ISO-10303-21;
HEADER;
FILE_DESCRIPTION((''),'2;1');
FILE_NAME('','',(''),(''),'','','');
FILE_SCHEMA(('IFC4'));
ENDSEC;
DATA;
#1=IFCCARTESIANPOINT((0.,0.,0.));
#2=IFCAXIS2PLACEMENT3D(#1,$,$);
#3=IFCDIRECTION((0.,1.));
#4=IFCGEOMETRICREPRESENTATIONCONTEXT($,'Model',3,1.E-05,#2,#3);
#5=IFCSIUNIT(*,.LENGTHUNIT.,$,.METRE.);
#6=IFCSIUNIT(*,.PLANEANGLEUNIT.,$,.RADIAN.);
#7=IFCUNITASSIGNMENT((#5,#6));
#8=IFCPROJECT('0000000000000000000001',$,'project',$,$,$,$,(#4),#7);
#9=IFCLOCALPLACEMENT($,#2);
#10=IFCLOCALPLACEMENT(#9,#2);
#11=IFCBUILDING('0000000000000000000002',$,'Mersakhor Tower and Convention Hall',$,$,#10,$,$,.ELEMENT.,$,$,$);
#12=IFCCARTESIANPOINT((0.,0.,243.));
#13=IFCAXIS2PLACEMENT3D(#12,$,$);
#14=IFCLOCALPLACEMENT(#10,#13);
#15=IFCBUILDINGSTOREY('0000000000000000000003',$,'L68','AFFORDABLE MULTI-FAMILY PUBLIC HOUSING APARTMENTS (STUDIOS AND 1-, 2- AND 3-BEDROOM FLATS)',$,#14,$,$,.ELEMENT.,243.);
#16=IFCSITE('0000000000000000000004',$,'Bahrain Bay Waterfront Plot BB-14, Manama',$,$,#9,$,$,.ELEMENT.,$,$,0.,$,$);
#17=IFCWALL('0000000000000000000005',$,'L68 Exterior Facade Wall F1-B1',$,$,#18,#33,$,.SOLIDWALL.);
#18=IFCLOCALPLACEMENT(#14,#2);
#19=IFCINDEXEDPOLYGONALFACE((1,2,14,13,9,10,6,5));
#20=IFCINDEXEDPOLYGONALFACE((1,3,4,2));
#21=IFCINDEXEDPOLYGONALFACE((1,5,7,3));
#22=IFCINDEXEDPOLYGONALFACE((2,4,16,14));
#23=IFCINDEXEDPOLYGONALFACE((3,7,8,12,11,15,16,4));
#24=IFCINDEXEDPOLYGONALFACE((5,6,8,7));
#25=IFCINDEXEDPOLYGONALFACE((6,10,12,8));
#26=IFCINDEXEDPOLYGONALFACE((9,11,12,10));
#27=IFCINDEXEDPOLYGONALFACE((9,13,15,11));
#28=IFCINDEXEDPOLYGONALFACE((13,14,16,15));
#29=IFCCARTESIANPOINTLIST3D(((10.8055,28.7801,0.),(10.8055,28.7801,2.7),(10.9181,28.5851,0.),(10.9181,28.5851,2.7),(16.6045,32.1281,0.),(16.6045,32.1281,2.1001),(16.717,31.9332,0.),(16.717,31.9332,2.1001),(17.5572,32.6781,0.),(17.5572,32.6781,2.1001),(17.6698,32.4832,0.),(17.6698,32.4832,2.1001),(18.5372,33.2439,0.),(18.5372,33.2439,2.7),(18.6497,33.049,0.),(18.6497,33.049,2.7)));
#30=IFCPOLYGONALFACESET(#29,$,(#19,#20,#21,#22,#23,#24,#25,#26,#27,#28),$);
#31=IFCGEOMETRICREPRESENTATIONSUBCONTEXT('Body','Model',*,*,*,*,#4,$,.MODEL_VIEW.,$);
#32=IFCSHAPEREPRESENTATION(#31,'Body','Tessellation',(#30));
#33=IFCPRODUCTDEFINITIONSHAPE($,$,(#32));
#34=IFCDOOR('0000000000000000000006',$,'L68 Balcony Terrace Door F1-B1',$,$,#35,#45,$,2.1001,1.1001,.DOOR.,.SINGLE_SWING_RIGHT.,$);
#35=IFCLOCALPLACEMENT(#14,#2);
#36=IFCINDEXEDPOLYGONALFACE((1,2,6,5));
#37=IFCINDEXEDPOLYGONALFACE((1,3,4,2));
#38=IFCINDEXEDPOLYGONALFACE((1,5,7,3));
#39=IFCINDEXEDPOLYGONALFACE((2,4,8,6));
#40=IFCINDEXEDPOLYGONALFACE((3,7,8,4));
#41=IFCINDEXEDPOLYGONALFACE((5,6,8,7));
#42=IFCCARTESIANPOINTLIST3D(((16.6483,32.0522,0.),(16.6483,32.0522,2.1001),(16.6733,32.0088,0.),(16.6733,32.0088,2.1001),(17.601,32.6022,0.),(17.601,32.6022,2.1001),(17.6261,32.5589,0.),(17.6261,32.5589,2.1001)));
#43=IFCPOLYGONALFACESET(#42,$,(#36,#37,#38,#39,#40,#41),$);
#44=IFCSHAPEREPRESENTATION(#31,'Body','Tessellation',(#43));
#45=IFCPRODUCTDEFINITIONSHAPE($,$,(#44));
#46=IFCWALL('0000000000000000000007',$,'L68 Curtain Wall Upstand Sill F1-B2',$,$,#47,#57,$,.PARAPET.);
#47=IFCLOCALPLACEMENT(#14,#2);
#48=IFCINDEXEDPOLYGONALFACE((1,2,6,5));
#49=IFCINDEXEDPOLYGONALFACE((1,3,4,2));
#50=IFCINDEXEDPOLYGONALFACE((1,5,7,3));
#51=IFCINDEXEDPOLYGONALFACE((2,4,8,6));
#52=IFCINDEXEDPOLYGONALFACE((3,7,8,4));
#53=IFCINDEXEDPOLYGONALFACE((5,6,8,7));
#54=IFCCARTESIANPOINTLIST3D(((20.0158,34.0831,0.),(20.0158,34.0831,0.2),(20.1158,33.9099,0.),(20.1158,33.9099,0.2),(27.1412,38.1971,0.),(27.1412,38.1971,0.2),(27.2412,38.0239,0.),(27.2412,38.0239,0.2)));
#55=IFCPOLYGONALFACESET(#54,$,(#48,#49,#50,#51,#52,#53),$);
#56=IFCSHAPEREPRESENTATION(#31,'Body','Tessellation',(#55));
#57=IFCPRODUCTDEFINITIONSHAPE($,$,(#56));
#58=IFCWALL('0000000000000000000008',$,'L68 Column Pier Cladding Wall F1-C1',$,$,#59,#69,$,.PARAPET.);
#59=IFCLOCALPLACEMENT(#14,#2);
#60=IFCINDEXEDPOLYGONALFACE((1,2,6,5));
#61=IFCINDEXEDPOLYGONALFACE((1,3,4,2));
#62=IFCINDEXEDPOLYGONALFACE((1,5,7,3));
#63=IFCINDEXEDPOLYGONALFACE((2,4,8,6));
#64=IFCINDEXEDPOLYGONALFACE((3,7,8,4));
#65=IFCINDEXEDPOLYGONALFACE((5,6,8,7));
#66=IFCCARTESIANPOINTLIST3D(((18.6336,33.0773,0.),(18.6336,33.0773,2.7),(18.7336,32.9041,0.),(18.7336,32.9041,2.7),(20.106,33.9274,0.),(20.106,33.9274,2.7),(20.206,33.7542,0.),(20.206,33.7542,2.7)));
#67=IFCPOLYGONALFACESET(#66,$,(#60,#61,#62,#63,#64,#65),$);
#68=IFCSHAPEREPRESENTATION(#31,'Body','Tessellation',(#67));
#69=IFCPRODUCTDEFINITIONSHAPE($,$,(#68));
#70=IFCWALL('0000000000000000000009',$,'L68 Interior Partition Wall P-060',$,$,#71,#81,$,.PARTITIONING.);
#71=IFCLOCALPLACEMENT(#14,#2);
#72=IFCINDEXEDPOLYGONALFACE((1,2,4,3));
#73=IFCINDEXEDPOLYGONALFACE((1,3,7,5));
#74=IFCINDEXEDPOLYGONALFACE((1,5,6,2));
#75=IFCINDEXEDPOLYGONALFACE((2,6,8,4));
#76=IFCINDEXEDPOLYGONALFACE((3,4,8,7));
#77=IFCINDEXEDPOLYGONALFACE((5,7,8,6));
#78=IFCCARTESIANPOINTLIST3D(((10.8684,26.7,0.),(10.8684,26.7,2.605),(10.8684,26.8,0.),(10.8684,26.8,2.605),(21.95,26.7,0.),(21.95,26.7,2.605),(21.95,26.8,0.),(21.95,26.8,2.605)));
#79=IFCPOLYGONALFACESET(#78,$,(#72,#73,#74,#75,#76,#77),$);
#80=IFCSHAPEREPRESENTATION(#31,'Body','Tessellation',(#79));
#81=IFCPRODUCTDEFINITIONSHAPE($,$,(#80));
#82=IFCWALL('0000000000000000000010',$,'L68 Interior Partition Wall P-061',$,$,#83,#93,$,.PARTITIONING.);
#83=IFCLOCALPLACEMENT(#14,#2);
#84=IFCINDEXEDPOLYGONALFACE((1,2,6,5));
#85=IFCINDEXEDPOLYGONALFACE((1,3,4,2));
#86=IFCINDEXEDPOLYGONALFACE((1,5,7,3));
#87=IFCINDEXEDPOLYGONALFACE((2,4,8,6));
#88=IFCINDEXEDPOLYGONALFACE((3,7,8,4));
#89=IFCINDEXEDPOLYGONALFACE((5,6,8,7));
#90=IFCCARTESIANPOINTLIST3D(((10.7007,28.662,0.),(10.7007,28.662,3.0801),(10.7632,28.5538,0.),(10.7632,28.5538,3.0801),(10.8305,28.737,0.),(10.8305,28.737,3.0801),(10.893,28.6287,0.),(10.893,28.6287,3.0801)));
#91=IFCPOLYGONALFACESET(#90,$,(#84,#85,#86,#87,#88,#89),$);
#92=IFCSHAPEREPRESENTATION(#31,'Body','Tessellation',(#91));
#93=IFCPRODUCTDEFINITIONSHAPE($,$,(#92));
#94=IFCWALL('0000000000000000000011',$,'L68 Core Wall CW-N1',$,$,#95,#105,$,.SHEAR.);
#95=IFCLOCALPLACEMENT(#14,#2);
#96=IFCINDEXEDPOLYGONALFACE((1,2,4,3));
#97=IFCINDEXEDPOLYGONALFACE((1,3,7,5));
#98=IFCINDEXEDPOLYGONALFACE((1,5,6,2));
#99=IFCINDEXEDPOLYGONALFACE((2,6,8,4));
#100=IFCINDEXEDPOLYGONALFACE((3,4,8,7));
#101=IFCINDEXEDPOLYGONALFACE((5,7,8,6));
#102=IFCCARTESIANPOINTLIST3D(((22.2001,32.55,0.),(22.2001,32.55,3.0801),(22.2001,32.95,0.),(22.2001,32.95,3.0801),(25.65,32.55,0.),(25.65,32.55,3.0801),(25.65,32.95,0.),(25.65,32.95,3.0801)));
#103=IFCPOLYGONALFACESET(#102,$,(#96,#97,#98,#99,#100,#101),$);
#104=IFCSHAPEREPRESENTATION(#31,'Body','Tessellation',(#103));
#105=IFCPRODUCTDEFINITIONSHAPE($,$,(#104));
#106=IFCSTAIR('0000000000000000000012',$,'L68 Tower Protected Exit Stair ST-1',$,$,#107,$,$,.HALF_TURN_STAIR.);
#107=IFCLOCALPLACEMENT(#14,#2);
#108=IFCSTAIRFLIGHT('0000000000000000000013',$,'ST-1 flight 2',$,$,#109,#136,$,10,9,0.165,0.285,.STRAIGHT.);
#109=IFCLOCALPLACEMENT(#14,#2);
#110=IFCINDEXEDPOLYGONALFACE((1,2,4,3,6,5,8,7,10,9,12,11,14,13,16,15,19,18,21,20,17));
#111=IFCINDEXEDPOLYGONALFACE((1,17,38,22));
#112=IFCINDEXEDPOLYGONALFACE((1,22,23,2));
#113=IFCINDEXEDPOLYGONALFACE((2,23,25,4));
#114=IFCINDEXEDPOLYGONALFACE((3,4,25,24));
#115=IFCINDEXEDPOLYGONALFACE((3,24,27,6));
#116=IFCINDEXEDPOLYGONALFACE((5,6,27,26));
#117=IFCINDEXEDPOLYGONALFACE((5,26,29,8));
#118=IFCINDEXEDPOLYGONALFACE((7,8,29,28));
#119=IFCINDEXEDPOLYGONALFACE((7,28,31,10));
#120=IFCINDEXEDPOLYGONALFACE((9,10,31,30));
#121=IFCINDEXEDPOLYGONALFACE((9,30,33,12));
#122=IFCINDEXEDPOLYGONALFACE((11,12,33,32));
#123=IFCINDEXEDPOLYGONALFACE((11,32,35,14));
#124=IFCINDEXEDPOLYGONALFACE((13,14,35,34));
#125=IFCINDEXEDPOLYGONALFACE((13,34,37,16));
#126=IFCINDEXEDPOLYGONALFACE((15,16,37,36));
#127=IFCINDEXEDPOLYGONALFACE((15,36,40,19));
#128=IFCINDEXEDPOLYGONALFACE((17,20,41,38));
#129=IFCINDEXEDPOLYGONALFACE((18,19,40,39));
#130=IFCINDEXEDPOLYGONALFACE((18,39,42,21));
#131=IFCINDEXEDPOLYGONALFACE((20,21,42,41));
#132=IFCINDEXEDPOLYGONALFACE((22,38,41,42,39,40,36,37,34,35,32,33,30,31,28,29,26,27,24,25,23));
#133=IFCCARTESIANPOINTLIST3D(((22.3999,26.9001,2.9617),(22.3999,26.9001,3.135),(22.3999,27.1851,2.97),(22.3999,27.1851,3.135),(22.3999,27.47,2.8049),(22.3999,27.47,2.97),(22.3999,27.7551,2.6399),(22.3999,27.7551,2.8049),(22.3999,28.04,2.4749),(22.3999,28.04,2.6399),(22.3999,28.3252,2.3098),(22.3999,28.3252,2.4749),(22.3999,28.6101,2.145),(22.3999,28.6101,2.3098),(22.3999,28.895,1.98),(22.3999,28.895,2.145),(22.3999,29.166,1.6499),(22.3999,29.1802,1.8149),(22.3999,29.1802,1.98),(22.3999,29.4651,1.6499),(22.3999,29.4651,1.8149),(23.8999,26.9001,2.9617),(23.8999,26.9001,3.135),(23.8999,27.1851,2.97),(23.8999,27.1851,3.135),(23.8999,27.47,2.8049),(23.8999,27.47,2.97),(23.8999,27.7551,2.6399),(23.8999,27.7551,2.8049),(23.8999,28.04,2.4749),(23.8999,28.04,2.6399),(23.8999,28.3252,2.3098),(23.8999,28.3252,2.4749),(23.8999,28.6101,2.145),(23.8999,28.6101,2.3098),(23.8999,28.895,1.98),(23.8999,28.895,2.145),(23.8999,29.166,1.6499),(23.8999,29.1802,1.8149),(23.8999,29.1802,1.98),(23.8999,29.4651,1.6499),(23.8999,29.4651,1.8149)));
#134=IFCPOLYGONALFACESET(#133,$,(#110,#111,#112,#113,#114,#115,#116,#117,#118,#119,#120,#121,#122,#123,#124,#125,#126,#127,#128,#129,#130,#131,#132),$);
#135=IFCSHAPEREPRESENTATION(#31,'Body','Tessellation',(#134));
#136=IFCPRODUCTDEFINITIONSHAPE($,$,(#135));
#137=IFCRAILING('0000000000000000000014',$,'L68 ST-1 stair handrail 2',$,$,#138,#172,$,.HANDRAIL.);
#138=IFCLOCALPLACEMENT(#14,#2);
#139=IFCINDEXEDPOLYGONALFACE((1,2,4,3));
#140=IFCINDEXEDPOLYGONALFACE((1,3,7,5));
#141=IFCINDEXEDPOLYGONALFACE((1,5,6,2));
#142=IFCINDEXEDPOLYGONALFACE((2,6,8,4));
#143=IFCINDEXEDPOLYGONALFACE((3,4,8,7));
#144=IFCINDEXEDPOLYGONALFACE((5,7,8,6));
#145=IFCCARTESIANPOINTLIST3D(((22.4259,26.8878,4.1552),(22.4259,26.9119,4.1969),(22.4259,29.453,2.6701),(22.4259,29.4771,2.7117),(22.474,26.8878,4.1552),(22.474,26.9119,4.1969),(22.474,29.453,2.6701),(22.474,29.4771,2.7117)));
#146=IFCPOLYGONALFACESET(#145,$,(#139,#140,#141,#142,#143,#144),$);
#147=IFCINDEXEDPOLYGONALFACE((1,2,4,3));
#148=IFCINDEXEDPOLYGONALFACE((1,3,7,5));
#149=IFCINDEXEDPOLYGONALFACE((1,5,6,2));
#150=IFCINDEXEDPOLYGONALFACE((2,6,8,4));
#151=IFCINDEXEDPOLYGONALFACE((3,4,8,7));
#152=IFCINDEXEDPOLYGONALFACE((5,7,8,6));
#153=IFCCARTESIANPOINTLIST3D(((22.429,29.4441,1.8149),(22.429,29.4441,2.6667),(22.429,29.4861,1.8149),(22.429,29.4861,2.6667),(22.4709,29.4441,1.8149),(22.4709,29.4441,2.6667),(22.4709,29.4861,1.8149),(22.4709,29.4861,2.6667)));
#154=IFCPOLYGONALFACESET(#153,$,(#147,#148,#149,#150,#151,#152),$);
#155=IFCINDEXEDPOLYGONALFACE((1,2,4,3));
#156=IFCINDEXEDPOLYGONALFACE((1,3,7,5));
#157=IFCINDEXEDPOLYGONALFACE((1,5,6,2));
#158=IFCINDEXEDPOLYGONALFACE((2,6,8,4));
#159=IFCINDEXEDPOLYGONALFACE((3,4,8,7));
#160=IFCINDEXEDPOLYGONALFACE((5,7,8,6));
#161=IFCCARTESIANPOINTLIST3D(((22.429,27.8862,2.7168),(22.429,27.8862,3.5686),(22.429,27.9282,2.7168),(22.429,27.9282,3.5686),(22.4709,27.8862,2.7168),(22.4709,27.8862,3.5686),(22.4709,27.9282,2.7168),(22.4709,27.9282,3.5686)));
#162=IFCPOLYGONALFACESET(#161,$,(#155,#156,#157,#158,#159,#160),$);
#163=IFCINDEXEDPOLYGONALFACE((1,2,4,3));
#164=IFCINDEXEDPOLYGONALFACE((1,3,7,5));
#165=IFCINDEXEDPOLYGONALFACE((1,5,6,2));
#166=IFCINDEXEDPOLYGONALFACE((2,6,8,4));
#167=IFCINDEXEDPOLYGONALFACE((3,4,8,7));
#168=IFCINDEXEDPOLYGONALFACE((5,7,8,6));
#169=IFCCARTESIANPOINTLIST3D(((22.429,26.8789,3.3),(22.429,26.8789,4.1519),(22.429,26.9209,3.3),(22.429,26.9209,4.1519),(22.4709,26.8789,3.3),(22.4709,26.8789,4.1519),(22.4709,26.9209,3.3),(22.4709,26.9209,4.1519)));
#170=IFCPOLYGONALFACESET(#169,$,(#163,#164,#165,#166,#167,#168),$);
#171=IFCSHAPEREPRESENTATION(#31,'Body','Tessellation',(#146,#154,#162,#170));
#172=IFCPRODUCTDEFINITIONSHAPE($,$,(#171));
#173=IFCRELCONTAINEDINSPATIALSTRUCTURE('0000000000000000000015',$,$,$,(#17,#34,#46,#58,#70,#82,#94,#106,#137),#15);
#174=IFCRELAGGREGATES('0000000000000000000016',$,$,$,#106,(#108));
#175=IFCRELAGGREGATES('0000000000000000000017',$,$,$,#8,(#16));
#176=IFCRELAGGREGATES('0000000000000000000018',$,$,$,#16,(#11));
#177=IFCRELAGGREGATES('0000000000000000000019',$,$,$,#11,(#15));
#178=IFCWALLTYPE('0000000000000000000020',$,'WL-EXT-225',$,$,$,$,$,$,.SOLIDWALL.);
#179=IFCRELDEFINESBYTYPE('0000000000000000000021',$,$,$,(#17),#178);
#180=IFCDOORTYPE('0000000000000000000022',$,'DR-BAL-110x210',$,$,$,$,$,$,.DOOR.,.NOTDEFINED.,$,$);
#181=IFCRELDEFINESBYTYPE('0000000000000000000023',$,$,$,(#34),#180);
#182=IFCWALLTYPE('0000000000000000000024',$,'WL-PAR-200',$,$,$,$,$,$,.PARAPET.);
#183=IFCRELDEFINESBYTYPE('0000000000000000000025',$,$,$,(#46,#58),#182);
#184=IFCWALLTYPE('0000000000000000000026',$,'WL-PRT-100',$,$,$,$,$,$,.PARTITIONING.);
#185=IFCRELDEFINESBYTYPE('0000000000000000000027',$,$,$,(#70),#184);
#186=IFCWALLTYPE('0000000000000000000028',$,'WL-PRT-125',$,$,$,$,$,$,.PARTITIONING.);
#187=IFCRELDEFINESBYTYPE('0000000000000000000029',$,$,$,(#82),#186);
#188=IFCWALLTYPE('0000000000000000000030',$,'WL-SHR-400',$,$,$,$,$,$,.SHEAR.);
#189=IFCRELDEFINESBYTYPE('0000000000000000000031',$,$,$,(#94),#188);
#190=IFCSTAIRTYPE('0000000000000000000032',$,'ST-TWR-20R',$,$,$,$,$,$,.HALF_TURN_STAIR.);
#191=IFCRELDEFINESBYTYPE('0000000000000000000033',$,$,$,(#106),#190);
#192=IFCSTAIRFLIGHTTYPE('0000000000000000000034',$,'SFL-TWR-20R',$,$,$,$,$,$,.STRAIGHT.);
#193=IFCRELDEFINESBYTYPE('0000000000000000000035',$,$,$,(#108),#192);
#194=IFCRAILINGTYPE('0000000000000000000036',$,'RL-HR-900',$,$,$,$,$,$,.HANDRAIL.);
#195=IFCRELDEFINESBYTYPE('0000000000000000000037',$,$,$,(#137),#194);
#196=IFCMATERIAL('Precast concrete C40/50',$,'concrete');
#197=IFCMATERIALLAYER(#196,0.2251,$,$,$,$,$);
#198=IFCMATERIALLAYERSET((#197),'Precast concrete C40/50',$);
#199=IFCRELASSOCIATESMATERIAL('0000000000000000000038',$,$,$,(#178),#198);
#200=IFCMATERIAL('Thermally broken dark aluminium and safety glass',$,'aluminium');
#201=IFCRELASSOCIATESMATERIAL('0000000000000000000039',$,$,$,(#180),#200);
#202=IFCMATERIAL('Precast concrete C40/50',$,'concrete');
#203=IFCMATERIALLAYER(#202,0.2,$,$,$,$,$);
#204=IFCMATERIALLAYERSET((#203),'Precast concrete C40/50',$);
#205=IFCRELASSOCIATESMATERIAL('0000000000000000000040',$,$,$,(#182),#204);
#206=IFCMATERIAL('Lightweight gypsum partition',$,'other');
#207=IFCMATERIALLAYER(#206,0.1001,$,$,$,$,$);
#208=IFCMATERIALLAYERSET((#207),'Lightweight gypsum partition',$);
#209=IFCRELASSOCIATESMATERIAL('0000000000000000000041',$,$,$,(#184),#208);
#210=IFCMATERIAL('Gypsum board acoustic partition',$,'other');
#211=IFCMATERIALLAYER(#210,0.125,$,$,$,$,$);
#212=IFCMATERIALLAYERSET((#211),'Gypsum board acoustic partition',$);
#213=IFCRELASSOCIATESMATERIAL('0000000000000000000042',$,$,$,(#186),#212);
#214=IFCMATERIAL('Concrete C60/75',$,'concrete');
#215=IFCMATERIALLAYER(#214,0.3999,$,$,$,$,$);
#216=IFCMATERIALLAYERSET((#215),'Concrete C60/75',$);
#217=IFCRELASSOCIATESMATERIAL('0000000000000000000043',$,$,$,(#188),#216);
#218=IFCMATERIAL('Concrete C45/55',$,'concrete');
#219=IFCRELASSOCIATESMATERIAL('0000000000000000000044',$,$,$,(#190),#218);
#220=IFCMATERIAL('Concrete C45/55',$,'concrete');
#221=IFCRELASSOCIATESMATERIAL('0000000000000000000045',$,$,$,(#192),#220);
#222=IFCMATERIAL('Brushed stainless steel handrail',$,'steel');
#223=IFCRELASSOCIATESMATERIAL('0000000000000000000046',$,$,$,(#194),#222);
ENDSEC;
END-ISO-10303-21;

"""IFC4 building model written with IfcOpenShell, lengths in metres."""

from ifc_helpers import new_model, si_unit, direction, frame, frame_2d, origin, origin_2d, place, context, subcontext, project, spatial, polyline, rectangle, outline, extrude, material, layer, layer_set, type_object, element, fill, aggregate, save


model = new_model("IFC4")

# Units and contexts
model_context = context("Model", 3, precision=1e-05, world=origin(), true_north=direction((0.0, 1.0)))
body_context = subcontext(model_context, "Body", "Model", "MODEL_VIEW")
ifc_project = project(units=[si_unit("LENGTHUNIT", "METRE"), si_unit("PLANEANGLEUNIT", "RADIAN")], contexts=[model_context])

# Site, building, storey
site_placement = place(None, origin())
site = spatial("IfcSite", under=ifc_project, at=site_placement, Name="Bahrain Bay Waterfront Plot BB-14, Manama", CompositionType="ELEMENT", RefElevation=0.0)
building_placement = place(site_placement, origin())
building = spatial("IfcBuilding", under=site, at=building_placement, Name="Mersakhor Tower and Convention Hall", CompositionType="ELEMENT")
storey_placement = place(building_placement, frame((0.0, 0.0, 243.0)))
storey = spatial("IfcBuildingStorey", under=building, at=storey_placement, Name="L68", Description="AFFORDABLE MULTI-FAMILY PUBLIC HOUSING APARTMENTS (STUDIOS AND 1-, 2- AND 3-BEDROOM FLATS)", CompositionType="ELEMENT", Elevation=243.0)

# Wall, opening, door
ifc_material_1 = material(Name="Precast concrete C40/50", Category="concrete")
ifc_layer_1 = layer(ifc_material_1, 0.2251)
ifc_layer_set_1 = layer_set([ifc_layer_1], Name="Precast concrete C40/50")
wall_type_1 = type_object("IfcWallType", Name="WL-EXT-225", PredefinedType="SOLIDWALL", material=ifc_layer_set_1)
wall_1_placement = place(storey_placement, frame((10.8618, 28.6826, 0.0), z_axis=(0.0, 0.0, 1.0), x_axis=(0.866027, 0.499998, 0.0)))
wall_1 = element("IfcWall", 1, at=wall_1_placement, inside=storey, type_object=wall_type_1, Name="L68 Exterior Facade Wall F1-B1", PredefinedType="SOLIDWALL", context=body_context, shape_type="SweptSolid", body=[
    extrude(rectangle(XDim=8.9277, YDim=0.2251, at=frame_2d((4.4639, 0.0))), origin(), (0.0, 0.0, 1.0), 2.7),
])
opening_placement = place(wall_1_placement, frame((6.696, 0.0, 0.0)))
opening = element("IfcOpeningElement", 2, at=opening_placement, cuts=wall_1, PredefinedType="OPENING", context=body_context, shape_type="SweptSolid", body=[
    extrude(rectangle(XDim=1.1001, YDim=2.1001, at=frame_2d((0.55, 1.05))), frame((0.0, 0.1226, 0.0), z_axis=(0.0, -1.0, 0.0), x_axis=(1.0, 0.0, 0.0)), (0.0, 0.0, 1.0), 0.2451),
])
ifc_material_2 = material(Name="Thermally broken dark aluminium and safety glass", Category="aluminium")
door_type = type_object("IfcDoorType", Name="DR-BAL-110x210", OperationType="NOTDEFINED", PredefinedType="DOOR", material=ifc_material_2)
door_placement = place(opening_placement, origin())
door = element("IfcDoor", 3, at=door_placement, inside=storey, type_object=door_type, Name="L68 Balcony Terrace Door F1-B1", OperationType="SINGLE_SWING_RIGHT", OverallHeight=2.1001, OverallWidth=1.1001, PredefinedType="DOOR", context=body_context, shape_type="SweptSolid", body=[
    extrude(rectangle(XDim=1.1001, YDim=2.1001, at=frame_2d((0.55, 1.05))), frame((0.0, 0.0249, 0.0), z_axis=(0.0, -1.0, 0.0), x_axis=(1.0, 0.0, 0.0)), (0.0, 0.0, 1.0), 0.05),
])
fill(opening, door)

# Walls
ifc_material_3 = material(Name="Precast concrete C40/50", Category="concrete")
ifc_layer_2 = layer(ifc_material_3, 0.2)
ifc_layer_set_2 = layer_set([ifc_layer_2], Name="Precast concrete C40/50")
wall_type_2 = type_object("IfcWallType", Name="WL-PAR-200", PredefinedType="PARAPET", material=ifc_layer_set_2)
wall_2_placement = place(storey_placement, frame((20.0659, 33.9966, 0.0), z_axis=(0.0, 0.0, 1.0), x_axis=(0.86602, 0.50001, 0.0)))
element("IfcWall", 4, at=wall_2_placement, inside=storey, type_object=wall_type_2, Name="L68 Curtain Wall Upstand Sill F1-B2", PredefinedType="PARAPET", context=body_context, shape_type="SweptSolid", body=[
    extrude(rectangle(XDim=8.2278, YDim=0.2, at=frame_2d((4.1138, 0.0))), origin(), (0.0, 0.0, 1.0), 0.2),
])
wall_3_placement = place(storey_placement, frame((18.6836, 32.9907, 0.0), z_axis=(0.0, 0.0, 1.0), x_axis=(0.866025, 0.5, 0.0)))
element("IfcWall", 5, at=wall_3_placement, inside=storey, type_object=wall_type_2, Name="L68 Column Pier Cladding Wall F1-C1", PredefinedType="PARAPET", context=body_context, shape_type="SweptSolid", body=[
    extrude(rectangle(XDim=1.7002, YDim=0.2, at=frame_2d((0.8501, 0.0))), origin(), (0.0, 0.0, 1.0), 2.7),
])
ifc_material_4 = material(Name="Lightweight gypsum partition", Category="other")
ifc_layer_3 = layer(ifc_material_4, 0.1001)
ifc_layer_set_3 = layer_set([ifc_layer_3], Name="Lightweight gypsum partition")
wall_type_3 = type_object("IfcWallType", Name="WL-PRT-100", PredefinedType="PARTITIONING", material=ifc_layer_set_3)
wall_4_placement = place(storey_placement, frame((21.95, 26.75, 0.0), z_axis=(0.0, 0.0, 1.0), x_axis=(-1.0, 0.0, 0.0)))
element("IfcWall", 6, at=wall_4_placement, inside=storey, type_object=wall_type_3, Name="L68 Interior Partition Wall P-060", PredefinedType="PARTITIONING", context=body_context, shape_type="SweptSolid", body=[
    extrude(rectangle(XDim=11.0815, YDim=0.1001, at=frame_2d((5.5408, 0.0))), origin(), (0.0, 0.0, 1.0), 2.605),
])
ifc_material_5 = material(Name="Gypsum board acoustic partition", Category="other")
ifc_layer_4 = layer(ifc_material_5, 0.125)
ifc_layer_set_4 = layer_set([ifc_layer_4], Name="Gypsum board acoustic partition")
wall_type_4 = type_object("IfcWallType", Name="WL-PRT-125", PredefinedType="PARTITIONING", material=ifc_layer_set_4)
wall_5_placement = place(storey_placement, frame((10.7319, 28.6079, 0.0), z_axis=(0.0, 0.0, 1.0), x_axis=(0.866131, 0.499816, 0.0)))
element("IfcWall", 7, at=wall_5_placement, inside=storey, type_object=wall_type_4, Name="L68 Interior Partition Wall P-061", PredefinedType="PARTITIONING", context=body_context, shape_type="SweptSolid", body=[
    extrude(rectangle(XDim=0.1499, YDim=0.125, at=frame_2d((0.075, 0.0))), origin(), (0.0, 0.0, 1.0), 3.0801),
])
ifc_material_6 = material(Name="Concrete C60/75", Category="concrete")
ifc_layer_5 = layer(ifc_material_6, 0.3999)
ifc_layer_set_5 = layer_set([ifc_layer_5], Name="Concrete C60/75")
wall_type_5 = type_object("IfcWallType", Name="WL-SHR-400", PredefinedType="SHEAR", material=ifc_layer_set_5)
wall_6_placement = place(storey_placement, frame((22.2, 32.75, 0.0), z_axis=(0.0, 0.0, 1.0), x_axis=(1.0, 0.0, 0.0)))
element("IfcWall", 8, at=wall_6_placement, inside=storey, type_object=wall_type_5, Name="L68 Core Wall CW-N1", PredefinedType="SHEAR", context=body_context, shape_type="SweptSolid", body=[
    extrude(rectangle(XDim=3.45, YDim=0.3999, at=frame_2d((1.7251, 0.0))), origin(), (0.0, 0.0, 1.0), 3.0801),
])

# Stair, stair flight
ifc_material_7 = material(Name="Concrete C45/55", Category="concrete")
stair_type = type_object("IfcStairType", Name="ST-TWR-20R", PredefinedType="HALF_TURN_STAIR", material=ifc_material_7)
stair_placement = place(storey_placement, origin())
stair = element("IfcStair", 9, at=stair_placement, inside=storey, type_object=stair_type, Name="L68 Tower Protected Exit Stair ST-1", PredefinedType="HALF_TURN_STAIR")
ifc_material_8 = material(Name="Concrete C45/55", Category="concrete")
stair_flight_type = type_object("IfcStairFlightType", Name="SFL-TWR-20R", PredefinedType="STRAIGHT", material=ifc_material_8)
stair_flight_placement = place(storey_placement, frame((23.1499, 29.4651, 1.6499), z_axis=(0.0, 0.0, 1.0), x_axis=(0.0, -1.0, 0.0)))
stair_flight = element("IfcStairFlight", 10, at=stair_flight_placement, type_object=stair_flight_type, Name="ST-1 flight 2", NumberOfRisers=10, NumberOfTreads=9, PredefinedType="STRAIGHT", RiserHeight=0.165, TreadLength=0.285, context=body_context, shape_type="SweptSolid", body=[
    extrude(outline(polyline([(0.0, 0.0), (0.0, 0.165), (0.2849, 0.165), (0.2849, 0.3301), (0.5701, 0.3301), (0.5701, 0.4951), (0.855, 0.4951), (0.855, 0.6599), (1.1399, 0.6599), (1.1399, 0.825), (1.425, 0.825), (1.425, 0.99), (1.71, 0.99), (1.71, 1.155), (1.9951, 1.155), (1.9951, 1.3201), (2.28, 1.3201), (2.28, 1.4851), (2.5649, 1.4851), (2.5649, 1.6499), (2.5649, 1.3118), (0.2991, 0.0), (0.0, 0.0)])), frame((0.0, 0.75, 0.0), z_axis=(0.0, -1.0, 0.0), x_axis=(1.0, 0.0, 0.0)), (0.0, 0.0, 1.0), 1.5),
])
aggregate(stair, [stair_flight])

# Railing
ifc_material_9 = material(Name="Brushed stainless steel handrail", Category="steel")
railing_type_1 = type_object("IfcRailingType", Name="RL-HR-900", PredefinedType="HANDRAIL", material=ifc_material_9)
railing_1_placement = place(storey_placement, frame((22.45, 29.4651, 1.8149)))
element("IfcRailing", 11, at=railing_1_placement, inside=storey, type_object=railing_type_1, Name="L68 ST-1 stair handrail 2", PredefinedType="HANDRAIL", context=body_context, shape_type="SweptSolid", body=[
    extrude(rectangle(XDim=0.0481, YDim=0.0481, at=origin_2d()), frame((0.0, 0.0, 0.876), z_axis=(0.0, -0.865426, 0.501036), x_axis=(1.0, 0.0, 0.0)), (0.0, 0.0, 1.0), 2.9641),
    extrude(rectangle(XDim=0.042, YDim=0.042, at=origin_2d()), origin(), (0.0, 0.0, 1.0), 0.8518),
    extrude(rectangle(XDim=0.042, YDim=0.042, at=origin_2d()), frame((0.0, -1.5579, 0.9019)), (0.0, 0.0, 1.0), 0.8518),
    extrude(rectangle(XDim=0.042, YDim=0.042, at=origin_2d()), frame((0.0, -2.5652, 1.4851)), (0.0, 0.0, 1.0), 0.8518),
])

save(model, "model.ifc")
